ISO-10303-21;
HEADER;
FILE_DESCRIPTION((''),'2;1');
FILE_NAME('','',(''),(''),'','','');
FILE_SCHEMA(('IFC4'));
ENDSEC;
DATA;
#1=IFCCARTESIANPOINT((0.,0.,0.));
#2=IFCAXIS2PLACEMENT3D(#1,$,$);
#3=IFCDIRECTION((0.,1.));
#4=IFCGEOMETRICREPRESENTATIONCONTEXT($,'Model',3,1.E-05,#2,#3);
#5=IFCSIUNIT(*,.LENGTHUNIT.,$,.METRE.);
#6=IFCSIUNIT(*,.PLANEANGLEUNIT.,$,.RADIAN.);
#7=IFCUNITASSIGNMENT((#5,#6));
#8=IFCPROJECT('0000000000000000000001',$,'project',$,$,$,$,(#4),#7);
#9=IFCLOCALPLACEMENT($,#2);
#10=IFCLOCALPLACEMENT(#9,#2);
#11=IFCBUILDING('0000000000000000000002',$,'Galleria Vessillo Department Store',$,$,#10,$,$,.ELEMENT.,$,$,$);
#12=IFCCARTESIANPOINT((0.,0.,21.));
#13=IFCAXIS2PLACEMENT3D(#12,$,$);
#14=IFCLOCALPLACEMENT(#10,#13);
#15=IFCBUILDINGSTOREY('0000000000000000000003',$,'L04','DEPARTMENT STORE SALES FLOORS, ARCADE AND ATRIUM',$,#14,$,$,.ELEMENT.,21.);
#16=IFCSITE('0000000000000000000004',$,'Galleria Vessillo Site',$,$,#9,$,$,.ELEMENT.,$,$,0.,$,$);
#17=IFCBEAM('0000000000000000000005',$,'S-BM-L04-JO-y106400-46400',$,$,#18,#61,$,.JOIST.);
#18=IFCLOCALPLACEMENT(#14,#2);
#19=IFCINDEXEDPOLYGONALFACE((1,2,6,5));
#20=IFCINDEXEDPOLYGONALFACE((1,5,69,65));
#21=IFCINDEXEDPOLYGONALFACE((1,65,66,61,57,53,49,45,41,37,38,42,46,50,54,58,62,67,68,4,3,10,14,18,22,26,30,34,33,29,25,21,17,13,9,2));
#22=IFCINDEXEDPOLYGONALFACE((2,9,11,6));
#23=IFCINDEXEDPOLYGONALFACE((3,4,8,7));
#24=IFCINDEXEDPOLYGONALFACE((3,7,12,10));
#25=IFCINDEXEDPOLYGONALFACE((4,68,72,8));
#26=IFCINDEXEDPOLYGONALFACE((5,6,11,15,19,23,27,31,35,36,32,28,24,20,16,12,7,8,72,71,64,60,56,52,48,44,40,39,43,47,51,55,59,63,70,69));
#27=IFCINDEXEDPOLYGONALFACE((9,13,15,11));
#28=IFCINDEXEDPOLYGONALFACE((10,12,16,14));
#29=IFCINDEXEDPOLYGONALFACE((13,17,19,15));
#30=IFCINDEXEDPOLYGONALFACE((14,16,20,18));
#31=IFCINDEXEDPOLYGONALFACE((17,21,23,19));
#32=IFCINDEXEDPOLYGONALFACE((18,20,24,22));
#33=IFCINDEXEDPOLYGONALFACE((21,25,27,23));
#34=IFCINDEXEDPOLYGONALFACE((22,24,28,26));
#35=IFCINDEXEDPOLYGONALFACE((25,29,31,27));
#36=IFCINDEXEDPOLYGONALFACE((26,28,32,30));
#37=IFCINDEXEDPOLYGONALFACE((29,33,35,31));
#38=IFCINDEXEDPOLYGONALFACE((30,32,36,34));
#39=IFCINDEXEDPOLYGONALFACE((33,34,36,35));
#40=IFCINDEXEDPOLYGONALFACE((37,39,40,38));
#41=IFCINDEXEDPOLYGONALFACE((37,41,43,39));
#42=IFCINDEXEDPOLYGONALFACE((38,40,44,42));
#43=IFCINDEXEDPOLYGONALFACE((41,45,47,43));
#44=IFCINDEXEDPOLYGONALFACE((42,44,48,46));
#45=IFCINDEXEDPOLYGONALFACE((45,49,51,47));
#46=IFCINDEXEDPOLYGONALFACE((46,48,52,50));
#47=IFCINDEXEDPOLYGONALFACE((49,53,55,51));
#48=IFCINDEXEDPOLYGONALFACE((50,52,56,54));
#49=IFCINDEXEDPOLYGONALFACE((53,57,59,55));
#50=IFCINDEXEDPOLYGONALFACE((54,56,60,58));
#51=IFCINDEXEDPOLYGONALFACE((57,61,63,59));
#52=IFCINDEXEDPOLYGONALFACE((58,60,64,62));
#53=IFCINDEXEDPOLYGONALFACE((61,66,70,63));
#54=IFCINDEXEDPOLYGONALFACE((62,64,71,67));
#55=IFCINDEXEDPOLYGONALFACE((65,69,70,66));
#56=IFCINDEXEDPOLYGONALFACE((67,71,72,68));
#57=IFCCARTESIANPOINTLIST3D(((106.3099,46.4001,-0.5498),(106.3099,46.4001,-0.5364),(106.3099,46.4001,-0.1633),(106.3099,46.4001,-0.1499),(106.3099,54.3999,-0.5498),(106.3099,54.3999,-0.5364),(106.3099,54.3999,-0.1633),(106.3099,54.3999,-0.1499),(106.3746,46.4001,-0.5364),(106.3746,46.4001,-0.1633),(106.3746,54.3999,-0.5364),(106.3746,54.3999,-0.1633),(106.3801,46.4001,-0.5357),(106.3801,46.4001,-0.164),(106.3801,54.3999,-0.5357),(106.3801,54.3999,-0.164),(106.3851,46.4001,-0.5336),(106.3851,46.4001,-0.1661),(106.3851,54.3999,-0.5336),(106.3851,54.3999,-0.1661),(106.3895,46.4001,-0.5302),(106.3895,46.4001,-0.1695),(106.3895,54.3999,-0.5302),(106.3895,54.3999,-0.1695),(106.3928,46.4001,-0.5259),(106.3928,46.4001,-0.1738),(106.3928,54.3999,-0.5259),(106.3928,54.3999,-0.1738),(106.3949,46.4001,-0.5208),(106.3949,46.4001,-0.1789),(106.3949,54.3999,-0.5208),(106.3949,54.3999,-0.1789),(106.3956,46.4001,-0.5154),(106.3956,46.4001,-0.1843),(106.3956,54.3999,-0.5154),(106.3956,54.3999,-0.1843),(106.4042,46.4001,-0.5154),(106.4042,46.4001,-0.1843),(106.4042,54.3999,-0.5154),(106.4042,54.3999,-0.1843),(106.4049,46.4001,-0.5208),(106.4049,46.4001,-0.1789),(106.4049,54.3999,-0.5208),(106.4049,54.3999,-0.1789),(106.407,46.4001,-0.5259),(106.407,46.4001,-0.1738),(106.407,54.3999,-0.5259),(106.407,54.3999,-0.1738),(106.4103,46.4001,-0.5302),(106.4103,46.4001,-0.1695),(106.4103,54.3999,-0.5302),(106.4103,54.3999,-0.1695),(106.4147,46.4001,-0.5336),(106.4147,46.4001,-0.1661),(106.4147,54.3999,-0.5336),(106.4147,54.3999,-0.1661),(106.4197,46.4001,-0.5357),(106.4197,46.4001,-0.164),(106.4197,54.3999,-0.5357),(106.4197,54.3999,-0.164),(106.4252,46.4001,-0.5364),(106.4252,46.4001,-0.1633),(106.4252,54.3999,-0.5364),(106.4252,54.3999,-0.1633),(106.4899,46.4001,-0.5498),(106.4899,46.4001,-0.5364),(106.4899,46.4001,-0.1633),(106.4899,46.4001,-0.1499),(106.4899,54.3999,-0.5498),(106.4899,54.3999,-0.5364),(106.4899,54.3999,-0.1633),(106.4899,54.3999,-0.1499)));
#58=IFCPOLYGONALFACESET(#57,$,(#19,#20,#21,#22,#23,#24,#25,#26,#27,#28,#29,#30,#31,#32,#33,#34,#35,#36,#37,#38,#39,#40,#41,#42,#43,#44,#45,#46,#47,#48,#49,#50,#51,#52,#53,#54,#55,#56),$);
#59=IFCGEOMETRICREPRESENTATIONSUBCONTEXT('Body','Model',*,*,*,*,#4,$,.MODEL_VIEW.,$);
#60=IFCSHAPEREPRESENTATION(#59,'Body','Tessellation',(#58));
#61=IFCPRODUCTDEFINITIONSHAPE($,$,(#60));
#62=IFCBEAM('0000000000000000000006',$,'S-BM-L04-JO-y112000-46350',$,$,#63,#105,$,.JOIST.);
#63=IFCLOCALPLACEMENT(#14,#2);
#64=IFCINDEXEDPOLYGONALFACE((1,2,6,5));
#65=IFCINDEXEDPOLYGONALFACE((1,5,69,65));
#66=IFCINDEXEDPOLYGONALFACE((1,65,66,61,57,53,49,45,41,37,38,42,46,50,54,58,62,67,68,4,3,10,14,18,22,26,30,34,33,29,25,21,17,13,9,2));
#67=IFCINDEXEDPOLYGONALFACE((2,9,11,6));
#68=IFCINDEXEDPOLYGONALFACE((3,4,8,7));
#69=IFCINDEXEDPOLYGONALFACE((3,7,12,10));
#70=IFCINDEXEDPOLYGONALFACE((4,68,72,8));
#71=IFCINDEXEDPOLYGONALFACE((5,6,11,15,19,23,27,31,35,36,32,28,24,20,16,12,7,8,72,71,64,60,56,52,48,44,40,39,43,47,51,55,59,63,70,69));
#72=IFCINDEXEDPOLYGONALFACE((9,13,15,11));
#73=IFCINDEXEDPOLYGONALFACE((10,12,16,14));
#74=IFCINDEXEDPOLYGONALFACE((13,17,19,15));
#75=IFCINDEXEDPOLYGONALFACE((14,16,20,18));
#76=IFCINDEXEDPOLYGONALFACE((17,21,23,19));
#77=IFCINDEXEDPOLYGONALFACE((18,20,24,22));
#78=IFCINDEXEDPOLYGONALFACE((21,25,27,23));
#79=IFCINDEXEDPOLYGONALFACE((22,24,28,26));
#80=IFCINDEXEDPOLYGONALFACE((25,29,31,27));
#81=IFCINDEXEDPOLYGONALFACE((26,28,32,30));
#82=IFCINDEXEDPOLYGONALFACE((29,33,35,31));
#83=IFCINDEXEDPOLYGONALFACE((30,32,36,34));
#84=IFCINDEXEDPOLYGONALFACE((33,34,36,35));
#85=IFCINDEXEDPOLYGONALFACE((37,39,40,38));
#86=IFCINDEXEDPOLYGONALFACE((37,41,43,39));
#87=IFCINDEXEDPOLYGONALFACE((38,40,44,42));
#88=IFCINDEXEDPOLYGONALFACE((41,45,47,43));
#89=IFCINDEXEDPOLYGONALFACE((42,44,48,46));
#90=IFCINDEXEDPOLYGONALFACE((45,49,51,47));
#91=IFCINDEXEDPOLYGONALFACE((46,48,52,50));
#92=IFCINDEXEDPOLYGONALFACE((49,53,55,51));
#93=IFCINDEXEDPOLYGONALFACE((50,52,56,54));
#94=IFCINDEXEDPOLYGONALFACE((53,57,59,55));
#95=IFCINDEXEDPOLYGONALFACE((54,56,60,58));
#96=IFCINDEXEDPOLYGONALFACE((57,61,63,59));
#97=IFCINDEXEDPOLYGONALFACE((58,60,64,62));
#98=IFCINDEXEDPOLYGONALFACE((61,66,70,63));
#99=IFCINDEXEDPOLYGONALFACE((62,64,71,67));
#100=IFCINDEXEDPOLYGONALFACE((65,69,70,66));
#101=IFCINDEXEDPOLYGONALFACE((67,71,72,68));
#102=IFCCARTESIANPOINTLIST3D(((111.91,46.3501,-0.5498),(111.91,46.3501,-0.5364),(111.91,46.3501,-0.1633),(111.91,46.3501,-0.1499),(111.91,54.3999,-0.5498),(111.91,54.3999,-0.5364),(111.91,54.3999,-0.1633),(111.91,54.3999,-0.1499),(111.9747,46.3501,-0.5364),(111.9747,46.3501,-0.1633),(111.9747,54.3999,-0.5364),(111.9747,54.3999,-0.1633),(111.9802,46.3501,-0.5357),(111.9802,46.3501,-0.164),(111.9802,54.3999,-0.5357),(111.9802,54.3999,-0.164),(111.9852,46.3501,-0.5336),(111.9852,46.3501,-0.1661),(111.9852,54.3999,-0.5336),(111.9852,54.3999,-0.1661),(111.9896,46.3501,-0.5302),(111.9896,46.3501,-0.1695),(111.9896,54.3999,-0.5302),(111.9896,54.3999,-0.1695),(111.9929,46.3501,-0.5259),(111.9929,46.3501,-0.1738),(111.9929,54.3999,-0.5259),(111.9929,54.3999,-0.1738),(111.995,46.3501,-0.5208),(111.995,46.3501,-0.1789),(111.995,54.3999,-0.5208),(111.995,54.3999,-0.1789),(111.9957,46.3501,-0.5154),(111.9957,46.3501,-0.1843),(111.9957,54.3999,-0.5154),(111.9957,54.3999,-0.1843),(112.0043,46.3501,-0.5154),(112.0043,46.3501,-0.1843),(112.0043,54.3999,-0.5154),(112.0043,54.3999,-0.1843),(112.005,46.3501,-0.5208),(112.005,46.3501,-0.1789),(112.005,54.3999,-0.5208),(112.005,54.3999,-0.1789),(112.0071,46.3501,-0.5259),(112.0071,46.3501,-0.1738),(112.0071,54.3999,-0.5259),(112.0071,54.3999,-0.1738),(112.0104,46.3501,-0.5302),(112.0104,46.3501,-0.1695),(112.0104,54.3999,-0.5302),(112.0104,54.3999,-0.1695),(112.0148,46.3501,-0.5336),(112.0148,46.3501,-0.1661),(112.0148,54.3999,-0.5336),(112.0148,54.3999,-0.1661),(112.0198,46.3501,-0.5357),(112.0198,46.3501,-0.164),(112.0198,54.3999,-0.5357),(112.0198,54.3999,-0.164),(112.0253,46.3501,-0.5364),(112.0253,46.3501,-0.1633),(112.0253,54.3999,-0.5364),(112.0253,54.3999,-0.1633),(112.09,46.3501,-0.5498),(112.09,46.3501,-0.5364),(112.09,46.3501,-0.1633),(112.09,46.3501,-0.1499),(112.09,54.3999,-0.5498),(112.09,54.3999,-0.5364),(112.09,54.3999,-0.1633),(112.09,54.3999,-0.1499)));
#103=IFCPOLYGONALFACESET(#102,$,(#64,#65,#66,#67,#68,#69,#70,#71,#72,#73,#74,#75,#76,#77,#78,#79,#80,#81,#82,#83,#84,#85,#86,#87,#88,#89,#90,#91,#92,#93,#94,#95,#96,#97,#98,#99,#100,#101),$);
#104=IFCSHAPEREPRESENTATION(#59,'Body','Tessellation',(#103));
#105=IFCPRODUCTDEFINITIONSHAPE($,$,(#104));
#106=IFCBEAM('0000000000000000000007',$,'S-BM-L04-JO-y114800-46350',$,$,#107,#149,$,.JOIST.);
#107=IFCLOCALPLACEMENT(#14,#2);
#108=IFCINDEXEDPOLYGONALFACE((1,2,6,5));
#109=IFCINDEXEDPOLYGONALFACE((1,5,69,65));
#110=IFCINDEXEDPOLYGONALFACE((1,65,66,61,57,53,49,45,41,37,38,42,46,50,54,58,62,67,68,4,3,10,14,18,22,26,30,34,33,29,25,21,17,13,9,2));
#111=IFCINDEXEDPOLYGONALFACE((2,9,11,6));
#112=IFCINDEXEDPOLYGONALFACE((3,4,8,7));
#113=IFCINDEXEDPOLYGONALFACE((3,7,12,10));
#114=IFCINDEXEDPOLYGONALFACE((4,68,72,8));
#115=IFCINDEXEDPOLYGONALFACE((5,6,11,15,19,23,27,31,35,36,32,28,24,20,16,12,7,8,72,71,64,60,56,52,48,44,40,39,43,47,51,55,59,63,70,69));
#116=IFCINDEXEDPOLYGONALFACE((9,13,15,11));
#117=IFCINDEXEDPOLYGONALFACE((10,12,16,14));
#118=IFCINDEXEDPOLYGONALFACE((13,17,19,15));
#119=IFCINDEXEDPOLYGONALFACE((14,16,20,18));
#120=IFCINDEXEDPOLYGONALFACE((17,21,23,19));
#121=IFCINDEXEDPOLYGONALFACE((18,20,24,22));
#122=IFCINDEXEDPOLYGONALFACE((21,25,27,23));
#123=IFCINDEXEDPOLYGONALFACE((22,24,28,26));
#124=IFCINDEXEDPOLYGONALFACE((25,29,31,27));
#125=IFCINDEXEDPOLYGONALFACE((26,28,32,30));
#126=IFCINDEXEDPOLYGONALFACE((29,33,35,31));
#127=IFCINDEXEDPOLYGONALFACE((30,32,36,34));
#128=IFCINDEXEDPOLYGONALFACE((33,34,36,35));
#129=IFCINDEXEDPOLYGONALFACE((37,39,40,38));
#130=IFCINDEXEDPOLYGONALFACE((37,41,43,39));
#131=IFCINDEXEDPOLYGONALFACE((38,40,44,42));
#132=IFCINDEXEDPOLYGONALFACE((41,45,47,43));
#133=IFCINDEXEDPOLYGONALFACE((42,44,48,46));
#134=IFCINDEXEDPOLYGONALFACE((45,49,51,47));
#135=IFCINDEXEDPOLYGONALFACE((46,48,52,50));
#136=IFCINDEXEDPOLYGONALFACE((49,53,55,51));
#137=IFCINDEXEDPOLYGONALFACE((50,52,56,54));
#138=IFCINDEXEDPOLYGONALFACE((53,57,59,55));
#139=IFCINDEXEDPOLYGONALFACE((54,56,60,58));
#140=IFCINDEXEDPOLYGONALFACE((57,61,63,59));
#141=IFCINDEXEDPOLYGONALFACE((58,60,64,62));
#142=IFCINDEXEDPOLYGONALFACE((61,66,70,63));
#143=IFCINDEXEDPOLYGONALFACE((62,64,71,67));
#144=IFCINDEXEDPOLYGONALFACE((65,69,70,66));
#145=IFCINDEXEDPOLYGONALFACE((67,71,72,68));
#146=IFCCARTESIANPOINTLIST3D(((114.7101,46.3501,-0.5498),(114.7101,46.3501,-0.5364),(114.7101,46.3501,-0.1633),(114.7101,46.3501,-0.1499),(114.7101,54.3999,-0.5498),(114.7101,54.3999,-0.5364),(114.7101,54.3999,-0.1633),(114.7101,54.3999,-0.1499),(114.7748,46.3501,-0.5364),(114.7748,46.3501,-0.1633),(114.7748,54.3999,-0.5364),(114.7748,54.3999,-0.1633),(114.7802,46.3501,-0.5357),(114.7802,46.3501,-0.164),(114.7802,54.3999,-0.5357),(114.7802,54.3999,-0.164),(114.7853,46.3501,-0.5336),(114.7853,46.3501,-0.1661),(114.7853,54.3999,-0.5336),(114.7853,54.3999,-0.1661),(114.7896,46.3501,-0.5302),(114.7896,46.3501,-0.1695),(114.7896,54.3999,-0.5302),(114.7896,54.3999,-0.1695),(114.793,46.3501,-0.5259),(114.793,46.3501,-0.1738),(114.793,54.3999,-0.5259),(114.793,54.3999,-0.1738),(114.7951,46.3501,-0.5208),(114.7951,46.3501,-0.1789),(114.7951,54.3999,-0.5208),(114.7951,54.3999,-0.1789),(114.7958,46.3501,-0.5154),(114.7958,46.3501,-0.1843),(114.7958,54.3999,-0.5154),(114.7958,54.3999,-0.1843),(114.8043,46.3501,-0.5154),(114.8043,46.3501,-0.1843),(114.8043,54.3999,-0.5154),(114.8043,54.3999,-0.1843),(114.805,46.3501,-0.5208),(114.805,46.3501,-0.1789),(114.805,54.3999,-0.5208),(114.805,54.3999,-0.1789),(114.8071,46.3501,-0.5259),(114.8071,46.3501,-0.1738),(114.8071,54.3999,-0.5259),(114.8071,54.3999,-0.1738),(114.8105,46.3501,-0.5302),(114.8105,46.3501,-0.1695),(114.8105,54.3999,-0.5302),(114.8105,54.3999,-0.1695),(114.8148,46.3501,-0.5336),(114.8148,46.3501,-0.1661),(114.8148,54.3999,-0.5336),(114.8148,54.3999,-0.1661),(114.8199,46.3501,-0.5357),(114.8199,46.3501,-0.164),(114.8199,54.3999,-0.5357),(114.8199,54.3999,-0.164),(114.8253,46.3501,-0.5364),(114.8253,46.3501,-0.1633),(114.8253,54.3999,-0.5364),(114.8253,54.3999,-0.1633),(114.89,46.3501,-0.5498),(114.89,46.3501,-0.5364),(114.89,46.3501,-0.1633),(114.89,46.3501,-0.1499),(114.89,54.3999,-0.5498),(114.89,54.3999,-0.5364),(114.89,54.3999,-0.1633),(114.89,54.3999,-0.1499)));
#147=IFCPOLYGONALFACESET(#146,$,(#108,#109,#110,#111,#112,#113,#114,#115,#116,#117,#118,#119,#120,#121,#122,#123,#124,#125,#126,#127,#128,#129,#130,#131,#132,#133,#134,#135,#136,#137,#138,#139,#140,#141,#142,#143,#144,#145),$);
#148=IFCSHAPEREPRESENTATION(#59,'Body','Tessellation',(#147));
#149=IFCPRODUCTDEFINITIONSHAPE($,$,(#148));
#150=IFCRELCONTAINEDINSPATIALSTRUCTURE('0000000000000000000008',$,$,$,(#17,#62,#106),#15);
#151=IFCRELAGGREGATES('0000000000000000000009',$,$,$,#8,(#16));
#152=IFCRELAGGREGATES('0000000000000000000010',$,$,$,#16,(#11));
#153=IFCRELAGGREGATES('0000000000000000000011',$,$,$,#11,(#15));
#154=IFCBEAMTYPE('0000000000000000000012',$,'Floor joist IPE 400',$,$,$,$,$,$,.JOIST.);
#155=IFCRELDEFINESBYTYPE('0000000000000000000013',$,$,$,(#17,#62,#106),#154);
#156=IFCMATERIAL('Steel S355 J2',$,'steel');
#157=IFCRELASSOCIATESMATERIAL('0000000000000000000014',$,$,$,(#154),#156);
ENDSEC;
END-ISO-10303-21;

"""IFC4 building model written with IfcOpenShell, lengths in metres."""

from ifc_helpers import new_model, si_unit, direction, frame, origin, origin_2d, place, context, subcontext, project, spatial, i_section, extrude, material, material_profile, profile_set, type_object, element, save


model = new_model("IFC4")

# Units and contexts
model_context = context("Model", 3, precision=1e-05, world=origin(), true_north=direction((0.0, 1.0)))
body_context = subcontext(model_context, "Body", "Model", "MODEL_VIEW")
ifc_project = project(units=[si_unit("LENGTHUNIT", "METRE"), si_unit("PLANEANGLEUNIT", "RADIAN")], contexts=[model_context])

# Site, building, storey
site_placement = place(None, origin())
site = spatial("IfcSite", under=ifc_project, at=site_placement, Name="Galleria Vessillo Site", CompositionType="ELEMENT", RefElevation=0.0)
building_placement = place(site_placement, origin())
building = spatial("IfcBuilding", under=site, at=building_placement, Name="Galleria Vessillo Department Store", CompositionType="ELEMENT")
storey_placement = place(building_placement, frame((0.0, 0.0, 21.0)))
storey = spatial("IfcBuildingStorey", under=building, at=storey_placement, Name="L04", Description="DEPARTMENT STORE SALES FLOORS, ARCADE AND ATRIUM", CompositionType="ELEMENT", Elevation=21.0)

# Beams
ifc_material_1 = material(Name="Steel S355 J2", Category="steel")
ifc_material_profile_1 = material_profile(ifc_material_1, i_section(OverallWidth=0.1799, OverallDepth=0.3999, WebThickness=0.0085, FlangeThickness=0.0134, FilletRadius=0.021, at=origin_2d()), Name="IPE 400")
ifc_profile_set_1 = profile_set([ifc_material_profile_1], Name="Steel S355 J2")
beam_type_1 = type_object("IfcBeamType", Name="Floor joist IPE 400", PredefinedType="JOIST", material=ifc_profile_set_1)
beam_1_placement = place(storey_placement, frame((106.3999, 46.4001, -0.3499), z_axis=(0.0, 1.0, 0.0), x_axis=(-1.0, 0.0, 0.0)))
element("IfcBeam", 1, at=beam_1_placement, inside=storey, type_object=beam_type_1, Name="S-BM-L04-JO-y106400-46400", PredefinedType="JOIST", context=body_context, shape_type="SweptSolid", body=[
    extrude(i_section(OverallWidth=0.1799, OverallDepth=0.3999, WebThickness=0.0085, FlangeThickness=0.0134, FilletRadius=0.021, at=origin_2d()), origin(), (0.0, 0.0, 1.0), 7.9998),
])
for number, where, z_axis, x_axis, name in (
    (2, (112.0, 46.3501, -0.3499), (0.0, 1.0, 0.0), (-1.0, 0.0, 0.0), "S-BM-L04-JO-y112000-46350"),
    (3, (114.8, 46.3501, -0.3499), (0.0, 1.0, 0.0), (-1.0, 0.0, 0.0), "S-BM-L04-JO-y114800-46350"),
):
    element("IfcBeam", number, at=place(storey_placement, frame(where, z_axis=z_axis, x_axis=x_axis)), inside=storey, type_object=beam_type_1, Name=name, PredefinedType="JOIST", context=body_context, shape_type="SweptSolid", body=[
        extrude(i_section(OverallWidth=0.1799, OverallDepth=0.3999, WebThickness=0.0085, FlangeThickness=0.0134, FilletRadius=0.021, at=origin_2d()), origin(), (0.0, 0.0, 1.0), 8.0498),
    ])

save(model, "model.ifc")
